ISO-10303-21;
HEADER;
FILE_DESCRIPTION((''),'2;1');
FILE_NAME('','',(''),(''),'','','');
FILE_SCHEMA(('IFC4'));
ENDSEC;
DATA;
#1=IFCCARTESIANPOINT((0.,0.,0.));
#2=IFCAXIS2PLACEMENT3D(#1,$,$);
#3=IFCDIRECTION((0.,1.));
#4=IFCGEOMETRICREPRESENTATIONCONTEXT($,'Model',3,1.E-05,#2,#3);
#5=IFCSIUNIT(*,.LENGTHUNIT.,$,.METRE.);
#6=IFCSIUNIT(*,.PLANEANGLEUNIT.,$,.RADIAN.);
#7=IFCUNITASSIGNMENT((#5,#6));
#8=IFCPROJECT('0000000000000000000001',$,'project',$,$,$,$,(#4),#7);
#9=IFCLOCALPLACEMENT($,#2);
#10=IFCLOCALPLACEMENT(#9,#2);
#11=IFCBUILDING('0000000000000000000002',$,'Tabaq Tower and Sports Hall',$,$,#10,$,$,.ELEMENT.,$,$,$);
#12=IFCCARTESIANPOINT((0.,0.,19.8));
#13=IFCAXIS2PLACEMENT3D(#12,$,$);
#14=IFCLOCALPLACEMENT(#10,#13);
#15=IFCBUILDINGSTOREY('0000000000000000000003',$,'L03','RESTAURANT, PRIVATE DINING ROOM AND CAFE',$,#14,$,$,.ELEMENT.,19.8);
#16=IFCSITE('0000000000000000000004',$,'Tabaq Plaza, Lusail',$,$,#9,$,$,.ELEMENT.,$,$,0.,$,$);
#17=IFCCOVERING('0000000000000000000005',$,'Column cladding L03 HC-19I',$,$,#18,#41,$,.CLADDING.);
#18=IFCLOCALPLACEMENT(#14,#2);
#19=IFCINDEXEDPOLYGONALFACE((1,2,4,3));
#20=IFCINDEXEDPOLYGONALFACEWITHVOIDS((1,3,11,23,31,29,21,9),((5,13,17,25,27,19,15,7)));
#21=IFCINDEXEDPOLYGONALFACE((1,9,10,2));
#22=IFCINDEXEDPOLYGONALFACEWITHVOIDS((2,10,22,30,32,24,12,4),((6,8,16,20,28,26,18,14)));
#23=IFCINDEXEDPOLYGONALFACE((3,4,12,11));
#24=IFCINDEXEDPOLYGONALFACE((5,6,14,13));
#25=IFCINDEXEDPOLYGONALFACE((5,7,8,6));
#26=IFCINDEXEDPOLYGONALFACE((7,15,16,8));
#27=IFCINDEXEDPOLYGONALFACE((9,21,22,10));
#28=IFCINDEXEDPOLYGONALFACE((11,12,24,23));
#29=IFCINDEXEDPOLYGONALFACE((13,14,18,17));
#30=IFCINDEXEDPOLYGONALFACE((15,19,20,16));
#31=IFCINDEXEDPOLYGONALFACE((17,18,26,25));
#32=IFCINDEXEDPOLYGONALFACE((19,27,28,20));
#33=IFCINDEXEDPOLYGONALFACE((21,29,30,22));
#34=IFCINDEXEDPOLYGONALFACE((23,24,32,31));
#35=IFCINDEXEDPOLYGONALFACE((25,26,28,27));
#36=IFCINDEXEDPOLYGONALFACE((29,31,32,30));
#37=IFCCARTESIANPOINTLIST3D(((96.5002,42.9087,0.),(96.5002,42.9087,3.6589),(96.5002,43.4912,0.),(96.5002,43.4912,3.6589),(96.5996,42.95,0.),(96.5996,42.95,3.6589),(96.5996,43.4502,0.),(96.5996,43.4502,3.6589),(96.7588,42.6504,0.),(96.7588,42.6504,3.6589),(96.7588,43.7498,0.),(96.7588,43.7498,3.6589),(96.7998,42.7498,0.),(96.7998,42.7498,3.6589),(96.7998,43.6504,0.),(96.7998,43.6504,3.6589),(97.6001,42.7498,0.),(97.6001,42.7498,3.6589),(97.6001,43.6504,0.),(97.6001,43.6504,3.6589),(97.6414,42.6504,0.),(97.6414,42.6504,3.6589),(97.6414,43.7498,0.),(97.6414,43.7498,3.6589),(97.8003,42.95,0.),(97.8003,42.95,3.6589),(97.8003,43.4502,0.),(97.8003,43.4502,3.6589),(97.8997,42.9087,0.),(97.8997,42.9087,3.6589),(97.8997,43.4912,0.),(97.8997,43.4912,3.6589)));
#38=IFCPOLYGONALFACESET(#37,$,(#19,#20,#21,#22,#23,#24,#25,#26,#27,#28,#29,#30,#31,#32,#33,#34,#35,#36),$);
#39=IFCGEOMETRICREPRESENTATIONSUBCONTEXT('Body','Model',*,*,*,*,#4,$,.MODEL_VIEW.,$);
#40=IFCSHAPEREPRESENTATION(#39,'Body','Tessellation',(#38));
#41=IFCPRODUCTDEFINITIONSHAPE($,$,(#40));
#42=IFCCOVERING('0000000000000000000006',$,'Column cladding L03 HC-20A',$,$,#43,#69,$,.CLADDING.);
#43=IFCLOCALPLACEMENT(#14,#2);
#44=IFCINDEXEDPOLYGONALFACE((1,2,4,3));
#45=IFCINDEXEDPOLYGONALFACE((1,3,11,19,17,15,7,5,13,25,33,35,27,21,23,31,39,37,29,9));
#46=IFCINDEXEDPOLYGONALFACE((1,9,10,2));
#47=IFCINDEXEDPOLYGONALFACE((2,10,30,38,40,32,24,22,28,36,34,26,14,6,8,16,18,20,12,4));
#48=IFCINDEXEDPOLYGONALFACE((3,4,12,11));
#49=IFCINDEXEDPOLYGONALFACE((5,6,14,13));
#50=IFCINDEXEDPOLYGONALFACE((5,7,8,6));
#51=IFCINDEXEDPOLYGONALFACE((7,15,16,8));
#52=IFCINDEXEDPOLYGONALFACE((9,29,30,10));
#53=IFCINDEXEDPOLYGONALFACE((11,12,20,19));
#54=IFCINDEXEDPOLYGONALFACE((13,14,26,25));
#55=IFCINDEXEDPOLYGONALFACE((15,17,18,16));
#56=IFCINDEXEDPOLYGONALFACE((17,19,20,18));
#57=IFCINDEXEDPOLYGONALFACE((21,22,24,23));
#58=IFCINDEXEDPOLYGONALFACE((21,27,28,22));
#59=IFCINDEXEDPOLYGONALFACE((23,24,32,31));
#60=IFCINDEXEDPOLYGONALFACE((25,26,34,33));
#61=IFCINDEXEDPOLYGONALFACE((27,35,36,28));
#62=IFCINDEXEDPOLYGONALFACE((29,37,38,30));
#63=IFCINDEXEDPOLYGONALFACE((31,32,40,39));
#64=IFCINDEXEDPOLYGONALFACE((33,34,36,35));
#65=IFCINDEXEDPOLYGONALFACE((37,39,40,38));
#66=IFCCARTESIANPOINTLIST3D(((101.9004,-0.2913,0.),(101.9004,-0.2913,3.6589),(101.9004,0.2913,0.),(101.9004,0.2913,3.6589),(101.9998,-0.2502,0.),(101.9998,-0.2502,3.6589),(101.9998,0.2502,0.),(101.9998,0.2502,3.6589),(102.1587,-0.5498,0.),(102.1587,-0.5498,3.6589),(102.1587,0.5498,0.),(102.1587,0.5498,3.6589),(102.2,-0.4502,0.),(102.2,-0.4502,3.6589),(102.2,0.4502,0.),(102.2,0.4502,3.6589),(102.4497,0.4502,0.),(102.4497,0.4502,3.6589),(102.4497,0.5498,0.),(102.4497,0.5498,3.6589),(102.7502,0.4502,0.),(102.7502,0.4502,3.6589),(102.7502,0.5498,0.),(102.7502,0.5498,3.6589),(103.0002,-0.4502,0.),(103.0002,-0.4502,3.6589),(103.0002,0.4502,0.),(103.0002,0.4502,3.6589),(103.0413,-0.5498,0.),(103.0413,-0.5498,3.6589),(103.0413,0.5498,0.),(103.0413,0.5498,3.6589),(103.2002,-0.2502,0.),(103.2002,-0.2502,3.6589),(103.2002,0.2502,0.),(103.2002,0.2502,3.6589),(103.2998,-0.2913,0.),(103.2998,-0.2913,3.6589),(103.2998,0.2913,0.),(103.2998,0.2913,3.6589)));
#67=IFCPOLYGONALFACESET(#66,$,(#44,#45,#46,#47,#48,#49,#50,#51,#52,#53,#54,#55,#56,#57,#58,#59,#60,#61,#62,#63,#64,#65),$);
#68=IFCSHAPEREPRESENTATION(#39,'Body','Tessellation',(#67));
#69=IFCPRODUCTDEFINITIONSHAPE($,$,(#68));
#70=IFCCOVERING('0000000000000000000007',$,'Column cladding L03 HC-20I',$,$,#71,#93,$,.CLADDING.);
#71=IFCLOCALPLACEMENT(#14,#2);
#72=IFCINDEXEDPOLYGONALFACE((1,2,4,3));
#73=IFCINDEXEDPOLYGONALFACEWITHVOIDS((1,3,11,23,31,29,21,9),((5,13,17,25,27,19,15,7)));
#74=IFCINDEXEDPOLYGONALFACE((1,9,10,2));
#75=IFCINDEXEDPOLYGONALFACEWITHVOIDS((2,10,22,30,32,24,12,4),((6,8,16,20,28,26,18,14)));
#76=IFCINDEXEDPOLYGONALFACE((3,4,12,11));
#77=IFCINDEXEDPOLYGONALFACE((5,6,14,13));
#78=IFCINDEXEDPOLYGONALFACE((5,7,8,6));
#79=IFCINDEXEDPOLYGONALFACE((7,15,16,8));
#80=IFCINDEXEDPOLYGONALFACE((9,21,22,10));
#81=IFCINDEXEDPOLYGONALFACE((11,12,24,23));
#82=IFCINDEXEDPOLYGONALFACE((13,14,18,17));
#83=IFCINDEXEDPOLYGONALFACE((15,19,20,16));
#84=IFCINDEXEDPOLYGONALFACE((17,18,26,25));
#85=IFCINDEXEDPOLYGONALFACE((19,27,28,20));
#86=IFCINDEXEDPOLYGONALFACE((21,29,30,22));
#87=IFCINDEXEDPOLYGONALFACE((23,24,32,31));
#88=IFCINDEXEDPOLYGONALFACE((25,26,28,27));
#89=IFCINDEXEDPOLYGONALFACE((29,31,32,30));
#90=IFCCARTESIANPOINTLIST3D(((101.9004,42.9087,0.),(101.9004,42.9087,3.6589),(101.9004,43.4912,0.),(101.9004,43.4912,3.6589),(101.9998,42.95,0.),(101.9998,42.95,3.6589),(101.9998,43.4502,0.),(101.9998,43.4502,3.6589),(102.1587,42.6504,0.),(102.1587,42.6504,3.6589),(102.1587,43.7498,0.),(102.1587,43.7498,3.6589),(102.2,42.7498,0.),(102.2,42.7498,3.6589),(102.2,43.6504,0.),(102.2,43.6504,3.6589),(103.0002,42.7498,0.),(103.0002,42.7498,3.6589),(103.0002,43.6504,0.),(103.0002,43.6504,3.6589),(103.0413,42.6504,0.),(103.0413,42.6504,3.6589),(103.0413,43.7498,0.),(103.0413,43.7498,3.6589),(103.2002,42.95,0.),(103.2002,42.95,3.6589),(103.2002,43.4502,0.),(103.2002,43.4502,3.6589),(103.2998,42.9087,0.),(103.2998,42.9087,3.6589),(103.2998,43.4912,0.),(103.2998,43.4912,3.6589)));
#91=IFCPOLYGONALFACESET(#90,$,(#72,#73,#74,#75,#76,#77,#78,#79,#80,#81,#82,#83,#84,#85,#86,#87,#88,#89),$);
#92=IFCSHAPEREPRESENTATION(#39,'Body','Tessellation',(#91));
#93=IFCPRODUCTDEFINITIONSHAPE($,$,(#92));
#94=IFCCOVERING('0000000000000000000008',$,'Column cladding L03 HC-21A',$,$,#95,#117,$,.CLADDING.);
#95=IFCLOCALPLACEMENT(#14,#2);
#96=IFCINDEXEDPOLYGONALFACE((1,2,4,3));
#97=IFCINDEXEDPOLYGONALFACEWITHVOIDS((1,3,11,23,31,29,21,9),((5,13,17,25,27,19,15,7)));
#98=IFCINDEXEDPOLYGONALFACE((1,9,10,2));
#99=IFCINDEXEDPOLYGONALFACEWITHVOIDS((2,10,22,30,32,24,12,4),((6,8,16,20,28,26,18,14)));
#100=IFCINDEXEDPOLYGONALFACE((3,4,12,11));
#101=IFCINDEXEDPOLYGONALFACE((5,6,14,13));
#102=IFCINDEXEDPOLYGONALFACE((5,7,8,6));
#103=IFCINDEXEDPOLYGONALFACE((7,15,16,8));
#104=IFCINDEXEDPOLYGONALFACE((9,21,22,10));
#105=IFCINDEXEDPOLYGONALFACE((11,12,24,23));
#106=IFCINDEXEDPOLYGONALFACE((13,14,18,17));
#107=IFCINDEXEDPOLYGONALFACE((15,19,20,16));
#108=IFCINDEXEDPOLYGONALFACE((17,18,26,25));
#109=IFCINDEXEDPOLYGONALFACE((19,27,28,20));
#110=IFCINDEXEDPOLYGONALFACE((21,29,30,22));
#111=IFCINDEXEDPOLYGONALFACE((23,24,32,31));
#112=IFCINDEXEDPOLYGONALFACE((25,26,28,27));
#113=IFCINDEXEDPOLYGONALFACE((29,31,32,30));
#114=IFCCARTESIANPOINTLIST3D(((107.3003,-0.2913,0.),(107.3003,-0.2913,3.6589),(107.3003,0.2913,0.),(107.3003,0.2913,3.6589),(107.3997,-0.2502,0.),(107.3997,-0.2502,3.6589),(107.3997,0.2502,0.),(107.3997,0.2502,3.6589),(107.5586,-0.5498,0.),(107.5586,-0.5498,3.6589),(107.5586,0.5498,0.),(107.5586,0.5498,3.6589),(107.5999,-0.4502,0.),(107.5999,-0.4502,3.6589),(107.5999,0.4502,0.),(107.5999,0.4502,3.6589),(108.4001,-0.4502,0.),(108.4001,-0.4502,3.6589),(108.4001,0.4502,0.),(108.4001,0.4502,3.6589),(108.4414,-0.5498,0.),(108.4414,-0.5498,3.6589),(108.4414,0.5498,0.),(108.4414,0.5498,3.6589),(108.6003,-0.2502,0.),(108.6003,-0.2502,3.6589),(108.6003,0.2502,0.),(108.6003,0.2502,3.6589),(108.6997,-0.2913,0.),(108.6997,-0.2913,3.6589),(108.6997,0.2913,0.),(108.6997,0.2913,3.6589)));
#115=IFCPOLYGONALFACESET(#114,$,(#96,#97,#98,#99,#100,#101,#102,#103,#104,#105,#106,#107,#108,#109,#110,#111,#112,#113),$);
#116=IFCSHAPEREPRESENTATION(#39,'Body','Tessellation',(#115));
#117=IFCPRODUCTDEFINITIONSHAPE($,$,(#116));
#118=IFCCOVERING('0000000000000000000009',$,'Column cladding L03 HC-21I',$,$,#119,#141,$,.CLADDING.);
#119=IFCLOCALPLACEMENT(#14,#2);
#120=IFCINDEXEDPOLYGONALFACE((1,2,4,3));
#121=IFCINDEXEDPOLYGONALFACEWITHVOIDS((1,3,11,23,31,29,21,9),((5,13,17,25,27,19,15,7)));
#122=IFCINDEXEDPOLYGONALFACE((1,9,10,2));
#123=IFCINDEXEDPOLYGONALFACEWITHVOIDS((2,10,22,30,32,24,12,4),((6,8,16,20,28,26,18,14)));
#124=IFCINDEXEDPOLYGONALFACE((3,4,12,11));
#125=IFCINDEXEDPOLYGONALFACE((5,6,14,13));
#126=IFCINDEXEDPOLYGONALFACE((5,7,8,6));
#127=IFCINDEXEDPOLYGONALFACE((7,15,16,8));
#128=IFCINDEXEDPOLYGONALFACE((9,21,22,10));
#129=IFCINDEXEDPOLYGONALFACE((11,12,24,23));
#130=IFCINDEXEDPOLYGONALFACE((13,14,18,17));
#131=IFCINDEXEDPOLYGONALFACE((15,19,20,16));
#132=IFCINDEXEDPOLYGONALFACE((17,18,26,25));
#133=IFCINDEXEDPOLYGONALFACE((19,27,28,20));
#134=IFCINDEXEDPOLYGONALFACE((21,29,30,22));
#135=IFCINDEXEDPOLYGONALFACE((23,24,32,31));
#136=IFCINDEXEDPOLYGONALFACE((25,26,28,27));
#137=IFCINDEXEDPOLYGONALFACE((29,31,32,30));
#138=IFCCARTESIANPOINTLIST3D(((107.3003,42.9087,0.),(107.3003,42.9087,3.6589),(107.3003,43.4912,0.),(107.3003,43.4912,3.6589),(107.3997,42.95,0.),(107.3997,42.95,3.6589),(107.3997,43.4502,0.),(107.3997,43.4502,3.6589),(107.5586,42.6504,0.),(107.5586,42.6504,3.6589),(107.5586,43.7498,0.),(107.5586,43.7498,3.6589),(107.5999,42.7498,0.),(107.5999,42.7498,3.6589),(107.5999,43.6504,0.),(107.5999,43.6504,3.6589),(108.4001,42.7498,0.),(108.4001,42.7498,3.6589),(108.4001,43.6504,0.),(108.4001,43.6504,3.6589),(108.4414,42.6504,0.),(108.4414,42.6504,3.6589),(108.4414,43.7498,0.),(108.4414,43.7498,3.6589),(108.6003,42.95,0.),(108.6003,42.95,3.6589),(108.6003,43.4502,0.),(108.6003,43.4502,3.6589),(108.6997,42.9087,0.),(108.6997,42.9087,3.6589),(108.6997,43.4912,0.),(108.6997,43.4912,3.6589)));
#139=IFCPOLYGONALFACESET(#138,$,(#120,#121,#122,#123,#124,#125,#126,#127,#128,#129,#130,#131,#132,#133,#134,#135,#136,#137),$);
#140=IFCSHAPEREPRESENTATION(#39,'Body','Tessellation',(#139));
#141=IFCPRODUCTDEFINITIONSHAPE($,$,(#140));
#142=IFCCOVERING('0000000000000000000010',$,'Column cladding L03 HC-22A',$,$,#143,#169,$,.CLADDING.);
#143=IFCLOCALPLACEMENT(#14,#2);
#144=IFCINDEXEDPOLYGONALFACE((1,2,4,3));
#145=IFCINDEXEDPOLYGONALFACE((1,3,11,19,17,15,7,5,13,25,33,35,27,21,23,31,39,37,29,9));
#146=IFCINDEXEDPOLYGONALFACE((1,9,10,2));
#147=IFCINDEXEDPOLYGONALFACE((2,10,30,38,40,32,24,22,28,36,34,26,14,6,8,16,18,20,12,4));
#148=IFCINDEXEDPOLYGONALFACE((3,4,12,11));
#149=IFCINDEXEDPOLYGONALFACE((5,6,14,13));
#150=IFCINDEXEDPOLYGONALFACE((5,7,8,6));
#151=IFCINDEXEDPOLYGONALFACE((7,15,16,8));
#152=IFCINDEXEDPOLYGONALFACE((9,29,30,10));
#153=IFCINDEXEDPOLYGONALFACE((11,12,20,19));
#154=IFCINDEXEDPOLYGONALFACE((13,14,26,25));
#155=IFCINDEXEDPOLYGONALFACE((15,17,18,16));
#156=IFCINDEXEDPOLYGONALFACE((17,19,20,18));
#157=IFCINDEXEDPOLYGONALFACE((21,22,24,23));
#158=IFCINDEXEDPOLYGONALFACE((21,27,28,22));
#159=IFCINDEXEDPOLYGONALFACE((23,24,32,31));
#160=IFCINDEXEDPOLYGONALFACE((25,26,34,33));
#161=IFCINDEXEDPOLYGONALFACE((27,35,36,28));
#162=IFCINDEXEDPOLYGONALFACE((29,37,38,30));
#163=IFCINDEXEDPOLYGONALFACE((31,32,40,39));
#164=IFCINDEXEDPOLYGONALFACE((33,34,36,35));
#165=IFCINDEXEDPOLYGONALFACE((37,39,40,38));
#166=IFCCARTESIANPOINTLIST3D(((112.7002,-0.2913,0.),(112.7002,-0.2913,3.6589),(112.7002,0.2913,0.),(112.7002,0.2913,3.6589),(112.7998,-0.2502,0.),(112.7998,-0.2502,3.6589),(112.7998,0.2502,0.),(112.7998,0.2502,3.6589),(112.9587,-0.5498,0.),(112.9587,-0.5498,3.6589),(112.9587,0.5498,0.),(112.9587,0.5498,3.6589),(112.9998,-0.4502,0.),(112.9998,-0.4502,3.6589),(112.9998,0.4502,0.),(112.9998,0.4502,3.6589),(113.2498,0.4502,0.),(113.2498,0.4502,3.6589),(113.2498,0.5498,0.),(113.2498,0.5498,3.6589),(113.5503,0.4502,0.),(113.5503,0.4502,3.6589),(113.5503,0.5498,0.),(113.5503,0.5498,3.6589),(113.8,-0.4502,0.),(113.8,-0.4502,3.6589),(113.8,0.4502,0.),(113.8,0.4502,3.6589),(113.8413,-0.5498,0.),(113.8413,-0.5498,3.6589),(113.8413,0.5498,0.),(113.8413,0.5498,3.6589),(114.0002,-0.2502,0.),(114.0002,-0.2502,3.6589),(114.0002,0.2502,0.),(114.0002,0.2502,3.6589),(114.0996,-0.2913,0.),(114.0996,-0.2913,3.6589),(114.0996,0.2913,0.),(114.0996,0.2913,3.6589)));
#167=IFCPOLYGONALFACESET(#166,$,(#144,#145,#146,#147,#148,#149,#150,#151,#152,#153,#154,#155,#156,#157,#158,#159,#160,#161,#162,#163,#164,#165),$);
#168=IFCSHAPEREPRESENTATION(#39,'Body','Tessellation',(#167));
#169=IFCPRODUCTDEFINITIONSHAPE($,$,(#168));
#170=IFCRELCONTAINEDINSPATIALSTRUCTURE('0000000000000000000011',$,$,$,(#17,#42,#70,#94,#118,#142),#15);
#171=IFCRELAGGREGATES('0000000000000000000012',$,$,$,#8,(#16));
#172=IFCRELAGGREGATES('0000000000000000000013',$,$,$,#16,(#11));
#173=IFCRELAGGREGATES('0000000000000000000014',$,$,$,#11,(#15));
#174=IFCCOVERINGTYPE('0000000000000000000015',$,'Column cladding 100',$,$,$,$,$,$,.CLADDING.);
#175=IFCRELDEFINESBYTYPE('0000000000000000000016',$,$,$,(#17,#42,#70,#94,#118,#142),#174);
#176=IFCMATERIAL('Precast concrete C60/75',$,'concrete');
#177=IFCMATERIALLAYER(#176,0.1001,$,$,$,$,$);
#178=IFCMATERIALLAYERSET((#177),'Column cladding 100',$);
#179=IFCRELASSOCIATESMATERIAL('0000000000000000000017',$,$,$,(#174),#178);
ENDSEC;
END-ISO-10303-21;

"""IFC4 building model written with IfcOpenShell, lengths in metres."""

from ifc_helpers import new_model, si_unit, direction, frame, origin, place, context, subcontext, project, spatial, polyline, outline, extrude, material, layer, layer_set, type_object, element, save


model = new_model("IFC4")

# Units and contexts
model_context = context("Model", 3, precision=1e-05, world=origin(), true_north=direction((0.0, 1.0)))
body_context = subcontext(model_context, "Body", "Model", "MODEL_VIEW")
ifc_project = project(units=[si_unit("LENGTHUNIT", "METRE"), si_unit("PLANEANGLEUNIT", "RADIAN")], contexts=[model_context])

# Site, building, storey
site_placement = place(None, origin())
site = spatial("IfcSite", under=ifc_project, at=site_placement, Name="Tabaq Plaza, Lusail", CompositionType="ELEMENT", RefElevation=0.0)
building_placement = place(site_placement, origin())
building = spatial("IfcBuilding", under=site, at=building_placement, Name="Tabaq Tower and Sports Hall", CompositionType="ELEMENT")
storey_placement = place(building_placement, frame((0.0, 0.0, 19.8)))
storey = spatial("IfcBuildingStorey", under=building, at=storey_placement, Name="L03", Description="RESTAURANT, PRIVATE DINING ROOM AND CAFE", CompositionType="ELEMENT", Elevation=19.8)

# Coverings
ifc_material_1 = material(Name="Precast concrete C60/75", Category="concrete")
ifc_layer_1 = layer(ifc_material_1, 0.1001)
ifc_layer_set_1 = layer_set([ifc_layer_1], Name="Column cladding 100")
covering_type = type_object("IfcCoveringType", Name="Column cladding 100", PredefinedType="CLADDING", material=ifc_layer_set_1)
covering_1_placement = place(storey_placement, origin())
element("IfcCovering", 1, at=covering_1_placement, inside=storey, type_object=covering_type, Name="Column cladding L03 HC-19I", PredefinedType="CLADDING", context=body_context, shape_type="SweptSolid", body=[
    extrude(outline(polyline([(96.5002, 42.9087), (96.5002, 43.4912), (96.7588, 43.7498), (97.6414, 43.7498), (97.8997, 43.4912), (97.8997, 42.9087), (97.6414, 42.6504), (96.7588, 42.6504), (96.5002, 42.9087)]), holes=[polyline([(97.6001, 42.7498), (97.8003, 42.95), (97.8003, 43.4502), (97.6001, 43.6504), (96.7998, 43.6504), (96.5996, 43.4502), (96.5996, 42.95), (96.7998, 42.7498), (97.6001, 42.7498)])]), origin(), (0.0, 0.0, 1.0), 3.6589),
])
covering_2_placement = place(storey_placement, origin())
element("IfcCovering", 2, at=covering_2_placement, inside=storey, type_object=covering_type, Name="Column cladding L03 HC-20A", PredefinedType="CLADDING", context=body_context, shape_type="SweptSolid", body=[
    extrude(outline(polyline([(101.9004, 0.2913), (102.1587, 0.5498), (102.4497, 0.5498), (102.4497, 0.4502), (102.2, 0.4502), (101.9998, 0.2502), (101.9998, -0.2502), (102.2, -0.4502), (103.0002, -0.4502), (103.2002, -0.2502), (103.2002, 0.2502), (103.0002, 0.4502), (102.7502, 0.4502), (102.7502, 0.5498), (103.0413, 0.5498), (103.2998, 0.2913), (103.2998, -0.2913), (103.0413, -0.5498), (102.1587, -0.5498), (101.9004, -0.2913), (101.9004, 0.2913)])), origin(), (0.0, 0.0, 1.0), 3.6589),
])
covering_3_placement = place(storey_placement, origin())
element("IfcCovering", 3, at=covering_3_placement, inside=storey, type_object=covering_type, Name="Column cladding L03 HC-20I", PredefinedType="CLADDING", context=body_context, shape_type="SweptSolid", body=[
    extrude(outline(polyline([(101.9004, 42.9087), (101.9004, 43.4912), (102.1587, 43.7498), (103.0413, 43.7498), (103.2998, 43.4912), (103.2998, 42.9087), (103.0413, 42.6504), (102.1587, 42.6504), (101.9004, 42.9087)]), holes=[polyline([(103.0002, 42.7498), (103.2002, 42.95), (103.2002, 43.4502), (103.0002, 43.6504), (102.2, 43.6504), (101.9998, 43.4502), (101.9998, 42.95), (102.2, 42.7498), (103.0002, 42.7498)])]), origin(), (0.0, 0.0, 1.0), 3.6589),
])
covering_4_placement = place(storey_placement, origin())
element("IfcCovering", 4, at=covering_4_placement, inside=storey, type_object=covering_type, Name="Column cladding L03 HC-21A", PredefinedType="CLADDING", context=body_context, shape_type="SweptSolid", body=[
    extrude(outline(polyline([(107.3003, -0.2913), (107.3003, 0.2913), (107.5586, 0.5498), (108.4414, 0.5498), (108.6997, 0.2913), (108.6997, -0.2913), (108.4414, -0.5498), (107.5586, -0.5498), (107.3003, -0.2913)]), holes=[polyline([(108.4001, -0.4502), (108.6003, -0.2502), (108.6003, 0.2502), (108.4001, 0.4502), (107.5999, 0.4502), (107.3997, 0.2502), (107.3997, -0.2502), (107.5999, -0.4502), (108.4001, -0.4502)])]), origin(), (0.0, 0.0, 1.0), 3.6589),
])
covering_5_placement = place(storey_placement, origin())
element("IfcCovering", 5, at=covering_5_placement, inside=storey, type_object=covering_type, Name="Column cladding L03 HC-21I", PredefinedType="CLADDING", context=body_context, shape_type="SweptSolid", body=[
    extrude(outline(polyline([(107.3003, 42.9087), (107.3003, 43.4912), (107.5586, 43.7498), (108.4414, 43.7498), (108.6997, 43.4912), (108.6997, 42.9087), (108.4414, 42.6504), (107.5586, 42.6504), (107.3003, 42.9087)]), holes=[polyline([(108.4001, 42.7498), (108.6003, 42.95), (108.6003, 43.4502), (108.4001, 43.6504), (107.5999, 43.6504), (107.3997, 43.4502), (107.3997, 42.95), (107.5999, 42.7498), (108.4001, 42.7498)])]), origin(), (0.0, 0.0, 1.0), 3.6589),
])
covering_6_placement = place(storey_placement, origin())
element("IfcCovering", 6, at=covering_6_placement, inside=storey, type_object=covering_type, Name="Column cladding L03 HC-22A", PredefinedType="CLADDING", context=body_context, shape_type="SweptSolid", body=[
    extrude(outline(polyline([(112.7002, 0.2913), (112.9587, 0.5498), (113.2498, 0.5498), (113.2498, 0.4502), (112.9998, 0.4502), (112.7998, 0.2502), (112.7998, -0.2502), (112.9998, -0.4502), (113.8, -0.4502), (114.0002, -0.2502), (114.0002, 0.2502), (113.8, 0.4502), (113.5503, 0.4502), (113.5503, 0.5498), (113.8413, 0.5498), (114.0996, 0.2913), (114.0996, -0.2913), (113.8413, -0.5498), (112.9587, -0.5498), (112.7002, -0.2913), (112.7002, 0.2913)])), origin(), (0.0, 0.0, 1.0), 3.6589),
])

save(model, "model.ifc")
